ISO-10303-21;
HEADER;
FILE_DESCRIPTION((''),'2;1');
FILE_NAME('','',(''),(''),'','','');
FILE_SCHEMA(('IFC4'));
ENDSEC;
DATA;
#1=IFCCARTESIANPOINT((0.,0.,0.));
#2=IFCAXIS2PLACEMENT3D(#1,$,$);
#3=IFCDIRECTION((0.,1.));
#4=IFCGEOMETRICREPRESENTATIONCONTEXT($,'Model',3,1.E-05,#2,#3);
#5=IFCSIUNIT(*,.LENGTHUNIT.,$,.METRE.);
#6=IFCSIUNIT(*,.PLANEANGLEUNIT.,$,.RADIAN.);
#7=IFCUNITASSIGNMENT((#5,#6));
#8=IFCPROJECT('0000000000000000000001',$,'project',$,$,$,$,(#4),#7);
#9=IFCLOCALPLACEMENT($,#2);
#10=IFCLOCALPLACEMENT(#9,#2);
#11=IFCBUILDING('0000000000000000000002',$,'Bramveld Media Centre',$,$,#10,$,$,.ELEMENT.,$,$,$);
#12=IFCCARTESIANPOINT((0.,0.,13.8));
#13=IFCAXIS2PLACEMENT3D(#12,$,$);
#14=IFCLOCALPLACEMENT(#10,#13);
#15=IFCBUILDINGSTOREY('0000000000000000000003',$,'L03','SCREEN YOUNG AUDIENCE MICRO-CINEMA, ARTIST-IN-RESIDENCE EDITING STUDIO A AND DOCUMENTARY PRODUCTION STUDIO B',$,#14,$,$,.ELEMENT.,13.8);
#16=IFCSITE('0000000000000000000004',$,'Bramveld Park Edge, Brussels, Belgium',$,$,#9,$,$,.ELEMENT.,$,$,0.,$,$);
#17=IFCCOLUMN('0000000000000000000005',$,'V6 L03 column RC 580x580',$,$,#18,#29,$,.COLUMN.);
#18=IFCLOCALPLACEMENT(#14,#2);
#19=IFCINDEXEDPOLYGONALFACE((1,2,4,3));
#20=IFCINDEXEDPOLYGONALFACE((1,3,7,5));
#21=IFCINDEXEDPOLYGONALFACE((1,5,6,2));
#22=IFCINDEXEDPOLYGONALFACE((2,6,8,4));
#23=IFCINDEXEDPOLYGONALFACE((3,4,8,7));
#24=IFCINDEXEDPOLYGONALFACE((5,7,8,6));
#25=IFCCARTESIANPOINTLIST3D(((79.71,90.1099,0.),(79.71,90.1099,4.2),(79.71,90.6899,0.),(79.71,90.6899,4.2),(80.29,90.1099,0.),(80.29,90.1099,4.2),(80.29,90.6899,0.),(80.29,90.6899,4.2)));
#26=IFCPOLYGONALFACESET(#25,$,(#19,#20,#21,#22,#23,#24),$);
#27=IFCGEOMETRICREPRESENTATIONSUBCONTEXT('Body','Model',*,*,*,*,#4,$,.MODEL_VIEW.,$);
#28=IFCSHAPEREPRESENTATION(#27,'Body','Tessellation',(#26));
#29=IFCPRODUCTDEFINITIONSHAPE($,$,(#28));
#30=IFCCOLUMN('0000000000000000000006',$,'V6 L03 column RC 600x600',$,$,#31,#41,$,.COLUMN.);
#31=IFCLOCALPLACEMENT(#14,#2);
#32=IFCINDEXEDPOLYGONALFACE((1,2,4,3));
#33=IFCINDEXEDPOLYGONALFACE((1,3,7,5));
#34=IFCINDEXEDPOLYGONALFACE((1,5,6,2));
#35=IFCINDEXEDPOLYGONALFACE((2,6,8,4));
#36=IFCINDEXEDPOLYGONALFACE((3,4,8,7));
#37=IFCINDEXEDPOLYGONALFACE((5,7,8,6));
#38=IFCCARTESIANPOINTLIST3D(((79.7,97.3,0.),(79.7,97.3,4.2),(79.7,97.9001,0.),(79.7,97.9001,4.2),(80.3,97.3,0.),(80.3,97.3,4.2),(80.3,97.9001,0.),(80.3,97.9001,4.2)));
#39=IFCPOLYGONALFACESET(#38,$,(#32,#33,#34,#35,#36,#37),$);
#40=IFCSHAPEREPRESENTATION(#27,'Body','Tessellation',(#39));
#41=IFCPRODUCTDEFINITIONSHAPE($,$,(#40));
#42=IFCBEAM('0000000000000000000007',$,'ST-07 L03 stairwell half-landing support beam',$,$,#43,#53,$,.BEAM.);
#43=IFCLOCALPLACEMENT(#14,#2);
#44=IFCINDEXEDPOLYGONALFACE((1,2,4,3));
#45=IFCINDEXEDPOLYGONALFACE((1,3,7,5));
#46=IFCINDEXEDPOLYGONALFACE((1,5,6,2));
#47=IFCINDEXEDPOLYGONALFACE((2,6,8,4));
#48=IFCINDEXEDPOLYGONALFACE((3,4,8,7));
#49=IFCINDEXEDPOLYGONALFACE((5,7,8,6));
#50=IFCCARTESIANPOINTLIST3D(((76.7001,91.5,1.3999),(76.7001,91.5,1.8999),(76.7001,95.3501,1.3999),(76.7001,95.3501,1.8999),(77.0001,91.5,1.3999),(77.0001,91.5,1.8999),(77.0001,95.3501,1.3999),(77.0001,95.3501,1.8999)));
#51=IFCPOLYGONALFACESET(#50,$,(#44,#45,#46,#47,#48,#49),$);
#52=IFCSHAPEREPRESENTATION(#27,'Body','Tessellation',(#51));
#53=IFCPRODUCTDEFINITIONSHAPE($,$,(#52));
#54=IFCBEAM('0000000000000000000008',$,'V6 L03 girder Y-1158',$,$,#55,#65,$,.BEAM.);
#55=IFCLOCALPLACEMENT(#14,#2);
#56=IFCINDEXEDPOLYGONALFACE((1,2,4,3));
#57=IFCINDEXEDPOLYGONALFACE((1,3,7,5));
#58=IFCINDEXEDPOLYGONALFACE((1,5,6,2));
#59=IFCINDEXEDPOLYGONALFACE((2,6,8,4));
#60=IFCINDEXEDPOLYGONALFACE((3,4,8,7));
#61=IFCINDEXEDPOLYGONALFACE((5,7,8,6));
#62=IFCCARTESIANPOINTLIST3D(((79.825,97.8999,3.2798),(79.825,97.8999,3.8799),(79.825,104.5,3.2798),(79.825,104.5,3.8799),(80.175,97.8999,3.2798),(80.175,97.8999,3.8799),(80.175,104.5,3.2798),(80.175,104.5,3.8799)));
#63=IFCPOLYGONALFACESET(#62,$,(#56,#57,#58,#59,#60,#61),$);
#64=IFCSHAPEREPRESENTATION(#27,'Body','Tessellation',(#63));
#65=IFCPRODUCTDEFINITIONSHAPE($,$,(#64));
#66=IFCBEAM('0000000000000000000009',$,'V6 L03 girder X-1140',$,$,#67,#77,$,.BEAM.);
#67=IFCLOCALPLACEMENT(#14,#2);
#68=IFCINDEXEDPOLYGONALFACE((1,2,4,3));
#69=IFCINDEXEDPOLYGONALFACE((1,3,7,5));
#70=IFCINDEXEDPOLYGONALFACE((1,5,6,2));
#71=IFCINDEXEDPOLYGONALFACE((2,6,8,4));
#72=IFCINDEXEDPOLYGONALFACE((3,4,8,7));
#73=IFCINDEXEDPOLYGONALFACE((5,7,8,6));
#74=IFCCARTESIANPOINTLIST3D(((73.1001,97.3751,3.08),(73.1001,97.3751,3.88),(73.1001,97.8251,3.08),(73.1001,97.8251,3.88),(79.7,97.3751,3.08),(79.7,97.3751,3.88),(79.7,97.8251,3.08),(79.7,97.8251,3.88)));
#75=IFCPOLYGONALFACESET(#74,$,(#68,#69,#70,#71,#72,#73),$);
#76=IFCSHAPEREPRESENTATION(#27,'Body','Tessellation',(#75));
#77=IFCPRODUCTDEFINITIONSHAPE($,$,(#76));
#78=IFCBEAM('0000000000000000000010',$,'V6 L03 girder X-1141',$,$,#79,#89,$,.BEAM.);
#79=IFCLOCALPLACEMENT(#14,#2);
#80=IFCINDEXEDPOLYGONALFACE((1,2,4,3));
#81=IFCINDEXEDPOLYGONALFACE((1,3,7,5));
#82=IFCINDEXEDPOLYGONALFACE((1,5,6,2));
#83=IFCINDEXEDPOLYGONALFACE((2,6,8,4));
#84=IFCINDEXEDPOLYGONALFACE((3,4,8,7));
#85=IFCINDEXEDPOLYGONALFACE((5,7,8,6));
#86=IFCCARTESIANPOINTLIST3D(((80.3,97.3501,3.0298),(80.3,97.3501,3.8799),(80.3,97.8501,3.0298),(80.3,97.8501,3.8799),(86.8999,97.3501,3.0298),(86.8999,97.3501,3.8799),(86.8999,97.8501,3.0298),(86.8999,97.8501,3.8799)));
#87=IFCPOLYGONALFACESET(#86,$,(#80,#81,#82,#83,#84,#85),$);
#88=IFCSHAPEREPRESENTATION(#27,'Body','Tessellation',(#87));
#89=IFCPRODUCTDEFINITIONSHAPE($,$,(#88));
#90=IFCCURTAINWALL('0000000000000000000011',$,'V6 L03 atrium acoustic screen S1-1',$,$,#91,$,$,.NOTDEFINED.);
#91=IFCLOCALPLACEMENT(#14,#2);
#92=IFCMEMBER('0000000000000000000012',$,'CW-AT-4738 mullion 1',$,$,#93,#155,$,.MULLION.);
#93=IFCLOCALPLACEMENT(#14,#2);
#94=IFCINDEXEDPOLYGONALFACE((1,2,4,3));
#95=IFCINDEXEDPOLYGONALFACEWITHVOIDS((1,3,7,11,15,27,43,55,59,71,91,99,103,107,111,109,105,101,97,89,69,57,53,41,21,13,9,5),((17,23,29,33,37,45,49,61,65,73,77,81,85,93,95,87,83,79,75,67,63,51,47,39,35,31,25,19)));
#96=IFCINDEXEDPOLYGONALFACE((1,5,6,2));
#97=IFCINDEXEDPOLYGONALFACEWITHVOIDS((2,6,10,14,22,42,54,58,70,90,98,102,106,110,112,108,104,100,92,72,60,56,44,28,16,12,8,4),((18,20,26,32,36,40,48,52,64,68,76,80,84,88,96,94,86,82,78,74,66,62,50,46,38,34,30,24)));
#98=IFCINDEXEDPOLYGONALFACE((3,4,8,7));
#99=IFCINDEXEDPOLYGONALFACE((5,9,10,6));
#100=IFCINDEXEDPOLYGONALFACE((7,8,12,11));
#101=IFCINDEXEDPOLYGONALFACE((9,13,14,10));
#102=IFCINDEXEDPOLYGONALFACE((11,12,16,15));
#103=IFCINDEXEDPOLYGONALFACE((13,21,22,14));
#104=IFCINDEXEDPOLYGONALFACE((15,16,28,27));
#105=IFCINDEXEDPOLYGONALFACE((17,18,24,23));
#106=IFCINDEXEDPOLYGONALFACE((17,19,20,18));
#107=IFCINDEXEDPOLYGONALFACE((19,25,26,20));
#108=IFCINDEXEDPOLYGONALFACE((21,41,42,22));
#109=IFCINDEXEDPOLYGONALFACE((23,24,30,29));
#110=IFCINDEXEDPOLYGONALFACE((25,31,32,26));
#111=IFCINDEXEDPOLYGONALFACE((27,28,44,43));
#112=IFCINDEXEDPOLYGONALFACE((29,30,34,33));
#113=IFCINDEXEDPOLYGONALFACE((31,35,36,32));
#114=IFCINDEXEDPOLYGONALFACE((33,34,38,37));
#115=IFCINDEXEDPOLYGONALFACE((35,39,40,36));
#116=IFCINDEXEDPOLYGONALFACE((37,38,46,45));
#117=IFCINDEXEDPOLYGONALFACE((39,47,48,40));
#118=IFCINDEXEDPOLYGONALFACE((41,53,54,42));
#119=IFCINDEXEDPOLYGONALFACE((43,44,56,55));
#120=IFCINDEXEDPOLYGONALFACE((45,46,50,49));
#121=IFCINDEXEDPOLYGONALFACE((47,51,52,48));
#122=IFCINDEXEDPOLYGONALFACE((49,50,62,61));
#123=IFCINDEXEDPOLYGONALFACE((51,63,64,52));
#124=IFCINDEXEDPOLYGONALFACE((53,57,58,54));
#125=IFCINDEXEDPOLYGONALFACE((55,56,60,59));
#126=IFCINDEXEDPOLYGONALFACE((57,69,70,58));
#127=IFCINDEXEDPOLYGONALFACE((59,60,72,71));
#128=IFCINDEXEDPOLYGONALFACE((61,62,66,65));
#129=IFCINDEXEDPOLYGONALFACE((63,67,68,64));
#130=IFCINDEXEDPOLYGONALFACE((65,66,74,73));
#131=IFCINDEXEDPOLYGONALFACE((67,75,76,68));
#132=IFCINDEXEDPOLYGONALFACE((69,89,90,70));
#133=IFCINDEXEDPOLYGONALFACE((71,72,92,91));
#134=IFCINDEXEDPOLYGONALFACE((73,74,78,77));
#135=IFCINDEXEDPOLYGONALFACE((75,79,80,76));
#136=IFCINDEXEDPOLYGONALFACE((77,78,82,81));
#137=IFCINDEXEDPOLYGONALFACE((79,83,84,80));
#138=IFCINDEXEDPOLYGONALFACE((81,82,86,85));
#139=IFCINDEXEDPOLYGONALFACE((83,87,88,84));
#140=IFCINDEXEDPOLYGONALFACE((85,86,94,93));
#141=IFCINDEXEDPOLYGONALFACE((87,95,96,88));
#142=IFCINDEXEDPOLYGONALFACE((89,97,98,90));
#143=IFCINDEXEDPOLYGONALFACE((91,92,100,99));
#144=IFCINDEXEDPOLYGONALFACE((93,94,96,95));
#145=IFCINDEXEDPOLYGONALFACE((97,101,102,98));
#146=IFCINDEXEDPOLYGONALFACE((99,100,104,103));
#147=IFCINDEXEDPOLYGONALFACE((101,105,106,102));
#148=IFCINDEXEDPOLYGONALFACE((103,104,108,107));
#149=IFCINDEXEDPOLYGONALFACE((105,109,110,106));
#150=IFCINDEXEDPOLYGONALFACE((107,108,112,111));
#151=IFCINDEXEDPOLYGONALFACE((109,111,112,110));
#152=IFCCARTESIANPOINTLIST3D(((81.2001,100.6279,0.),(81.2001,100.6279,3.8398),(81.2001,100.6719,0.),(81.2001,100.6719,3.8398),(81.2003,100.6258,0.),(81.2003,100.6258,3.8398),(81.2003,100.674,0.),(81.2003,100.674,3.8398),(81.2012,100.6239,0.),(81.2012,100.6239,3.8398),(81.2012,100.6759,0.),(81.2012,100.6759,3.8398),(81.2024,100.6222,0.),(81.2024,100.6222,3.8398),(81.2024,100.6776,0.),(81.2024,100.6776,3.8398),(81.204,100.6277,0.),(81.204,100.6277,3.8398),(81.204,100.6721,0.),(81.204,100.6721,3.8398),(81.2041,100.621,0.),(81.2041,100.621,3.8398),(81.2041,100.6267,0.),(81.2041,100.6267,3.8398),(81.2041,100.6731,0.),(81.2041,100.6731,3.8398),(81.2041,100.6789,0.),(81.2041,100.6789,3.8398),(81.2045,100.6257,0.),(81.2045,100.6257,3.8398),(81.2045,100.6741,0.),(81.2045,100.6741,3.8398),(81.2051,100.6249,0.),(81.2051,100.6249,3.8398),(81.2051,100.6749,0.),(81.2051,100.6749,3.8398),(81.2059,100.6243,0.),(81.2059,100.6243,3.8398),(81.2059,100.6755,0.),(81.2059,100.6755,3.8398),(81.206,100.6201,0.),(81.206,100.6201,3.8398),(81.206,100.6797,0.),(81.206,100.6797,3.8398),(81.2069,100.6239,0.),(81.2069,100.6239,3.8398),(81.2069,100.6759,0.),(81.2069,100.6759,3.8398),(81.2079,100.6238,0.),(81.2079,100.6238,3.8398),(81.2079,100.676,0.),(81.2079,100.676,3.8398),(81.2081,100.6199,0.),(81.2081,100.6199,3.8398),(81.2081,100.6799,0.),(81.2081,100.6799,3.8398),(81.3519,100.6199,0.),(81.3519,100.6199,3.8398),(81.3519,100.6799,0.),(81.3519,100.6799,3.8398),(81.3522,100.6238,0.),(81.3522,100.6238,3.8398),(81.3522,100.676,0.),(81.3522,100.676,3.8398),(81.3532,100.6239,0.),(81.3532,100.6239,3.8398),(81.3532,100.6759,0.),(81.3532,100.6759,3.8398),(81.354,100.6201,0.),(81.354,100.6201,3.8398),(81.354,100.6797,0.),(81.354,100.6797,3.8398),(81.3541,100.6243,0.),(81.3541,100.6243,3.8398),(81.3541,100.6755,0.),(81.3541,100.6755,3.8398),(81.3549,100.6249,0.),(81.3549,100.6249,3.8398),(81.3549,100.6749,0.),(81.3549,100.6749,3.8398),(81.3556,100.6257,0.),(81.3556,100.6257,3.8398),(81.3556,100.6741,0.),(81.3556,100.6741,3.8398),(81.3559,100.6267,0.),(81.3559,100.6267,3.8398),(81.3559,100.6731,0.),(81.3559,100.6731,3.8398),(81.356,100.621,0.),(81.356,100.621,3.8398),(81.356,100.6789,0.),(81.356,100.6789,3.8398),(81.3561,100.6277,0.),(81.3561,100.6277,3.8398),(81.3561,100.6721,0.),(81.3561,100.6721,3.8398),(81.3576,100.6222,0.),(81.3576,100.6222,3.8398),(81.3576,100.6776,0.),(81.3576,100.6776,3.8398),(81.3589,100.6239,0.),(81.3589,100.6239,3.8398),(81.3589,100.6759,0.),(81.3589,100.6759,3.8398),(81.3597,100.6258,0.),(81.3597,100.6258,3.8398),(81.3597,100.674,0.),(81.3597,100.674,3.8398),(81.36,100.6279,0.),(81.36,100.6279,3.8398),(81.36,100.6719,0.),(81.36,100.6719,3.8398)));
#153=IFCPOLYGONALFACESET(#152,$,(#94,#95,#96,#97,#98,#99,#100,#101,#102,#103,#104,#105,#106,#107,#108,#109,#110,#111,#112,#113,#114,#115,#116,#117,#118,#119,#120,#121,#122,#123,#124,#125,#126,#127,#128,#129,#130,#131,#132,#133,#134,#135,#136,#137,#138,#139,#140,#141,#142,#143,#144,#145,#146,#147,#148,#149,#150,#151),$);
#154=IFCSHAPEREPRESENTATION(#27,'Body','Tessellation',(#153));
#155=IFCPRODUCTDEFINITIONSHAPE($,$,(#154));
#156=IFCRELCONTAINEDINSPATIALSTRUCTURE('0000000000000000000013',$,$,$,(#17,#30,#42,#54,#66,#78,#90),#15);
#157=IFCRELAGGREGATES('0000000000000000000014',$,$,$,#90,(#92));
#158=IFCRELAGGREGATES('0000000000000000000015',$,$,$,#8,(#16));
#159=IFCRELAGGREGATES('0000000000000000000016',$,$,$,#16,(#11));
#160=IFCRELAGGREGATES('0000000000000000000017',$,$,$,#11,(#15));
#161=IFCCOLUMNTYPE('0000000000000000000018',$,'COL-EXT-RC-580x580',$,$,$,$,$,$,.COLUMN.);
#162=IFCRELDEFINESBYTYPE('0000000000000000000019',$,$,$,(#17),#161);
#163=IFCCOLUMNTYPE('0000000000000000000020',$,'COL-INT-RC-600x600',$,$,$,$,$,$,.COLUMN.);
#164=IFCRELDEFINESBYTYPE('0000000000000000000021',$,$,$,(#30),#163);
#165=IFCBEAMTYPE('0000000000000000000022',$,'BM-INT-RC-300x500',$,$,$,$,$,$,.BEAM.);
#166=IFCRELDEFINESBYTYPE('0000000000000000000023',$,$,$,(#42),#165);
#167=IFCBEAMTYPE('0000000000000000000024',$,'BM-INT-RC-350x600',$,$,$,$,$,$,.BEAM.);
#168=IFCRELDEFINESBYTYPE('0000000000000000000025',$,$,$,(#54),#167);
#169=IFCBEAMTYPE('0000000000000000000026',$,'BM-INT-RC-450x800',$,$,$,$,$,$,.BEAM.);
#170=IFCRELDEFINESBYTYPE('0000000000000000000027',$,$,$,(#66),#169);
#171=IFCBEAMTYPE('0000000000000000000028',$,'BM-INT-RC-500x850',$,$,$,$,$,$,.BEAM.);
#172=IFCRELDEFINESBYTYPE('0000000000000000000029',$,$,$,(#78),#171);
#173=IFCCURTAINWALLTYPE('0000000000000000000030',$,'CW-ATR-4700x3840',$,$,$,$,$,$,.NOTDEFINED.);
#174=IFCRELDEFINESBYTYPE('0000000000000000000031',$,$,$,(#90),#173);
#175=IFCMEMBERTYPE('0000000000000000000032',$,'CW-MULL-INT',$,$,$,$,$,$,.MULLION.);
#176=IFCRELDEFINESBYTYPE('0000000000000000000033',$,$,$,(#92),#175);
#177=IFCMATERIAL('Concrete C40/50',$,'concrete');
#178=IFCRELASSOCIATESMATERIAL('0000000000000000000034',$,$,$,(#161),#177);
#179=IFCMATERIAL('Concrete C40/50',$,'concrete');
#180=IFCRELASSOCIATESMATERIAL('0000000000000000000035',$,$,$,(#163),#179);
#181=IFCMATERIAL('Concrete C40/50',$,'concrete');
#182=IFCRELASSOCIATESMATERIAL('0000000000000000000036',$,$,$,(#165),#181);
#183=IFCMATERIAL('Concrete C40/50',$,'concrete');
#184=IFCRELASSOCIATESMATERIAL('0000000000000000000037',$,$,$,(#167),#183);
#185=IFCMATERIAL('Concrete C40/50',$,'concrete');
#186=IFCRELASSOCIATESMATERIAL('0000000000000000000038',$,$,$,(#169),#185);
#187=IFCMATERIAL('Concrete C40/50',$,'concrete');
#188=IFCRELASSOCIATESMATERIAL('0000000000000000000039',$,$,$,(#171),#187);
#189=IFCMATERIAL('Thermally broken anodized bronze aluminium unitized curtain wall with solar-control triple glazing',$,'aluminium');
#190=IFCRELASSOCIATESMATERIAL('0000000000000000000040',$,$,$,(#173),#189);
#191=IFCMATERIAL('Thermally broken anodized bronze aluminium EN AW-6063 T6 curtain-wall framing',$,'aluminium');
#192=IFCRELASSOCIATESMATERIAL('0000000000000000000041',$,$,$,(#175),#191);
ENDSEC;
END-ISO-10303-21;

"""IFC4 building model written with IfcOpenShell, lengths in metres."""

from ifc_helpers import new_model, si_unit, direction, frame, origin, origin_2d, place, context, subcontext, project, spatial, rectangle, hollow_rectangle, extrude, material, material_profile, profile_set, type_object, element, aggregate, save


model = new_model("IFC4")

# Units and contexts
model_context = context("Model", 3, precision=1e-05, world=origin(), true_north=direction((0.0, 1.0)))
body_context = subcontext(model_context, "Body", "Model", "MODEL_VIEW")
ifc_project = project(units=[si_unit("LENGTHUNIT", "METRE"), si_unit("PLANEANGLEUNIT", "RADIAN")], contexts=[model_context])

# Site, building, storey
site_placement = place(None, origin())
site = spatial("IfcSite", under=ifc_project, at=site_placement, Name="Bramveld Park Edge, Brussels, Belgium", CompositionType="ELEMENT", RefElevation=0.0)
building_placement = place(site_placement, origin())
building = spatial("IfcBuilding", under=site, at=building_placement, Name="Bramveld Media Centre", CompositionType="ELEMENT")
storey_placement = place(building_placement, frame((0.0, 0.0, 13.8)))
storey = spatial("IfcBuildingStorey", under=building, at=storey_placement, Name="L03", Description="SCREEN YOUNG AUDIENCE MICRO-CINEMA, ARTIST-IN-RESIDENCE EDITING STUDIO A AND DOCUMENTARY PRODUCTION STUDIO B", CompositionType="ELEMENT", Elevation=13.8)

# Columns
ifc_material_1 = material(Name="Concrete C40/50", Category="concrete")
ifc_material_profile_1 = material_profile(ifc_material_1, rectangle(XDim=0.5801, YDim=0.5801, at=origin_2d()), Name="RC 580x580")
ifc_profile_set_1 = profile_set([ifc_material_profile_1], Name="Concrete C40/50")
column_type_1 = type_object("IfcColumnType", Name="COL-EXT-RC-580x580", PredefinedType="COLUMN", material=ifc_profile_set_1)
column_1_placement = place(storey_placement, frame((80.0, 90.3999, 0.0), z_axis=(0.0, 0.0, 1.0), x_axis=(1.0, 0.0, 0.0)))
element("IfcColumn", 1, at=column_1_placement, inside=storey, type_object=column_type_1, Name="V6 L03 column RC 580x580", PredefinedType="COLUMN", context=body_context, shape_type="SweptSolid", body=[
    extrude(rectangle(XDim=0.5801, YDim=0.5801, at=origin_2d()), origin(), (0.0, 0.0, 1.0), 4.2),
])
ifc_material_2 = material(Name="Concrete C40/50", Category="concrete")
ifc_material_profile_2 = material_profile(ifc_material_2, rectangle(XDim=0.6001, YDim=0.6001, at=origin_2d()), Name="RC 600x600")
ifc_profile_set_2 = profile_set([ifc_material_profile_2], Name="Concrete C40/50")
column_type_2 = type_object("IfcColumnType", Name="COL-INT-RC-600x600", PredefinedType="COLUMN", material=ifc_profile_set_2)
column_2_placement = place(storey_placement, frame((80.0, 97.6001, 0.0), z_axis=(0.0, 0.0, 1.0), x_axis=(1.0, 0.0, 0.0)))
element("IfcColumn", 2, at=column_2_placement, inside=storey, type_object=column_type_2, Name="V6 L03 column RC 600x600", PredefinedType="COLUMN", context=body_context, shape_type="SweptSolid", body=[
    extrude(rectangle(XDim=0.6001, YDim=0.6001, at=origin_2d()), origin(), (0.0, 0.0, 1.0), 4.2),
])

# Beams
ifc_material_3 = material(Name="Concrete C40/50", Category="concrete")
ifc_material_profile_3 = material_profile(ifc_material_3, rectangle(XDim=0.3, YDim=0.5, at=origin_2d()), Name="RC 300x500")
ifc_profile_set_3 = profile_set([ifc_material_profile_3], Name="Concrete C40/50")
beam_type_1 = type_object("IfcBeamType", Name="BM-INT-RC-300x500", PredefinedType="BEAM", material=ifc_profile_set_3)
beam_1_placement = place(storey_placement, frame((76.8501, 91.5, 1.6499), z_axis=(0.0, 1.0, 0.0), x_axis=(-1.0, 0.0, 0.0)))
element("IfcBeam", 3, at=beam_1_placement, inside=storey, type_object=beam_type_1, Name="ST-07 L03 stairwell half-landing support beam", PredefinedType="BEAM", context=body_context, shape_type="SweptSolid", body=[
    extrude(rectangle(XDim=0.3, YDim=0.5, at=origin_2d()), origin(), (0.0, 0.0, 1.0), 3.8501),
])
ifc_material_4 = material(Name="Concrete C40/50", Category="concrete")
ifc_material_profile_4 = material_profile(ifc_material_4, rectangle(XDim=0.3501, YDim=0.6001, at=origin_2d()), Name="RC 350x600")
ifc_profile_set_4 = profile_set([ifc_material_profile_4], Name="Concrete C40/50")
beam_type_2 = type_object("IfcBeamType", Name="BM-INT-RC-350x600", PredefinedType="BEAM", material=ifc_profile_set_4)
beam_2_placement = place(storey_placement, frame((80.0, 97.8999, 3.5798), z_axis=(0.0, 1.0, 0.0), x_axis=(-1.0, 0.0, 0.0)))
element("IfcBeam", 4, at=beam_2_placement, inside=storey, type_object=beam_type_2, Name="V6 L03 girder Y-1158", PredefinedType="BEAM", context=body_context, shape_type="SweptSolid", body=[
    extrude(rectangle(XDim=0.3501, YDim=0.6001, at=origin_2d()), origin(), (0.0, 0.0, 1.0), 6.6001),
])
ifc_material_5 = material(Name="Concrete C40/50", Category="concrete")
ifc_material_profile_5 = material_profile(ifc_material_5, rectangle(XDim=0.45, YDim=0.8, at=origin_2d()), Name="RC 450x800")
ifc_profile_set_5 = profile_set([ifc_material_profile_5], Name="Concrete C40/50")
beam_type_3 = type_object("IfcBeamType", Name="BM-INT-RC-450x800", PredefinedType="BEAM", material=ifc_profile_set_5)
beam_3_placement = place(storey_placement, frame((73.1001, 97.6001, 3.48), z_axis=(1.0, 0.0, 0.0), x_axis=(0.0, 1.0, 0.0)))
element("IfcBeam", 5, at=beam_3_placement, inside=storey, type_object=beam_type_3, Name="V6 L03 girder X-1140", PredefinedType="BEAM", context=body_context, shape_type="SweptSolid", body=[
    extrude(rectangle(XDim=0.45, YDim=0.8, at=origin_2d()), origin(), (0.0, 0.0, 1.0), 6.5999),
])
ifc_material_6 = material(Name="Concrete C40/50", Category="concrete")
ifc_material_profile_6 = material_profile(ifc_material_6, rectangle(XDim=0.5, YDim=0.8501, at=origin_2d()), Name="RC 500x850")
ifc_profile_set_6 = profile_set([ifc_material_profile_6], Name="Concrete C40/50")
beam_type_4 = type_object("IfcBeamType", Name="BM-INT-RC-500x850", PredefinedType="BEAM", material=ifc_profile_set_6)
beam_4_placement = place(storey_placement, frame((80.3, 97.6001, 3.4548), z_axis=(1.0, 0.0, 0.0), x_axis=(0.0, 1.0, 0.0)))
element("IfcBeam", 6, at=beam_4_placement, inside=storey, type_object=beam_type_4, Name="V6 L03 girder X-1141", PredefinedType="BEAM", context=body_context, shape_type="SweptSolid", body=[
    extrude(rectangle(XDim=0.5, YDim=0.8501, at=origin_2d()), origin(), (0.0, 0.0, 1.0), 6.5999),
])

# Curtain wall, member
ifc_material_7 = material(Name="Thermally broken anodized bronze aluminium unitized curtain wall with solar-control triple glazing", Category="aluminium")
curtain_wall_type = type_object("IfcCurtainWallType", Name="CW-ATR-4700x3840", PredefinedType="NOTDEFINED", material=ifc_material_7)
curtain_wall_placement = place(storey_placement, origin())
curtain_wall = element("IfcCurtainWall", 7, at=curtain_wall_placement, inside=storey, type_object=curtain_wall_type, Name="V6 L03 atrium acoustic screen S1-1", PredefinedType="NOTDEFINED")
ifc_material_8 = material(Name="Thermally broken anodized bronze aluminium EN AW-6063 T6 curtain-wall framing", Category="aluminium")
ifc_material_profile_7 = material_profile(ifc_material_8, hollow_rectangle(XDim=0.0601, YDim=0.1599, WallThickness=0.0039, InnerFilletRadius=0.0039, OuterFilletRadius=0.0081, at=origin_2d()), Name="AL-MULL 60x160")
ifc_profile_set_7 = profile_set([ifc_material_profile_7], Name="Thermally broken anodized bronze aluminium EN AW-6063 T6 curtain-wall framing")
member_type = type_object("IfcMemberType", Name="CW-MULL-INT", PredefinedType="MULLION", material=ifc_profile_set_7)
member_placement = place(storey_placement, frame((81.28, 100.6499, 0.0), z_axis=(0.0, 0.0, 1.0), x_axis=(0.0, 1.0, 0.0)))
member = element("IfcMember", 8, at=member_placement, type_object=member_type, Name="CW-AT-4738 mullion 1", PredefinedType="MULLION", context=body_context, shape_type="SweptSolid", body=[
    extrude(hollow_rectangle(XDim=0.0601, YDim=0.1599, WallThickness=0.0039, InnerFilletRadius=0.0039, OuterFilletRadius=0.0081, at=origin_2d()), origin(), (0.0, 0.0, 1.0), 3.8398),
])
aggregate(curtain_wall, [member])

save(model, "model.ifc")
